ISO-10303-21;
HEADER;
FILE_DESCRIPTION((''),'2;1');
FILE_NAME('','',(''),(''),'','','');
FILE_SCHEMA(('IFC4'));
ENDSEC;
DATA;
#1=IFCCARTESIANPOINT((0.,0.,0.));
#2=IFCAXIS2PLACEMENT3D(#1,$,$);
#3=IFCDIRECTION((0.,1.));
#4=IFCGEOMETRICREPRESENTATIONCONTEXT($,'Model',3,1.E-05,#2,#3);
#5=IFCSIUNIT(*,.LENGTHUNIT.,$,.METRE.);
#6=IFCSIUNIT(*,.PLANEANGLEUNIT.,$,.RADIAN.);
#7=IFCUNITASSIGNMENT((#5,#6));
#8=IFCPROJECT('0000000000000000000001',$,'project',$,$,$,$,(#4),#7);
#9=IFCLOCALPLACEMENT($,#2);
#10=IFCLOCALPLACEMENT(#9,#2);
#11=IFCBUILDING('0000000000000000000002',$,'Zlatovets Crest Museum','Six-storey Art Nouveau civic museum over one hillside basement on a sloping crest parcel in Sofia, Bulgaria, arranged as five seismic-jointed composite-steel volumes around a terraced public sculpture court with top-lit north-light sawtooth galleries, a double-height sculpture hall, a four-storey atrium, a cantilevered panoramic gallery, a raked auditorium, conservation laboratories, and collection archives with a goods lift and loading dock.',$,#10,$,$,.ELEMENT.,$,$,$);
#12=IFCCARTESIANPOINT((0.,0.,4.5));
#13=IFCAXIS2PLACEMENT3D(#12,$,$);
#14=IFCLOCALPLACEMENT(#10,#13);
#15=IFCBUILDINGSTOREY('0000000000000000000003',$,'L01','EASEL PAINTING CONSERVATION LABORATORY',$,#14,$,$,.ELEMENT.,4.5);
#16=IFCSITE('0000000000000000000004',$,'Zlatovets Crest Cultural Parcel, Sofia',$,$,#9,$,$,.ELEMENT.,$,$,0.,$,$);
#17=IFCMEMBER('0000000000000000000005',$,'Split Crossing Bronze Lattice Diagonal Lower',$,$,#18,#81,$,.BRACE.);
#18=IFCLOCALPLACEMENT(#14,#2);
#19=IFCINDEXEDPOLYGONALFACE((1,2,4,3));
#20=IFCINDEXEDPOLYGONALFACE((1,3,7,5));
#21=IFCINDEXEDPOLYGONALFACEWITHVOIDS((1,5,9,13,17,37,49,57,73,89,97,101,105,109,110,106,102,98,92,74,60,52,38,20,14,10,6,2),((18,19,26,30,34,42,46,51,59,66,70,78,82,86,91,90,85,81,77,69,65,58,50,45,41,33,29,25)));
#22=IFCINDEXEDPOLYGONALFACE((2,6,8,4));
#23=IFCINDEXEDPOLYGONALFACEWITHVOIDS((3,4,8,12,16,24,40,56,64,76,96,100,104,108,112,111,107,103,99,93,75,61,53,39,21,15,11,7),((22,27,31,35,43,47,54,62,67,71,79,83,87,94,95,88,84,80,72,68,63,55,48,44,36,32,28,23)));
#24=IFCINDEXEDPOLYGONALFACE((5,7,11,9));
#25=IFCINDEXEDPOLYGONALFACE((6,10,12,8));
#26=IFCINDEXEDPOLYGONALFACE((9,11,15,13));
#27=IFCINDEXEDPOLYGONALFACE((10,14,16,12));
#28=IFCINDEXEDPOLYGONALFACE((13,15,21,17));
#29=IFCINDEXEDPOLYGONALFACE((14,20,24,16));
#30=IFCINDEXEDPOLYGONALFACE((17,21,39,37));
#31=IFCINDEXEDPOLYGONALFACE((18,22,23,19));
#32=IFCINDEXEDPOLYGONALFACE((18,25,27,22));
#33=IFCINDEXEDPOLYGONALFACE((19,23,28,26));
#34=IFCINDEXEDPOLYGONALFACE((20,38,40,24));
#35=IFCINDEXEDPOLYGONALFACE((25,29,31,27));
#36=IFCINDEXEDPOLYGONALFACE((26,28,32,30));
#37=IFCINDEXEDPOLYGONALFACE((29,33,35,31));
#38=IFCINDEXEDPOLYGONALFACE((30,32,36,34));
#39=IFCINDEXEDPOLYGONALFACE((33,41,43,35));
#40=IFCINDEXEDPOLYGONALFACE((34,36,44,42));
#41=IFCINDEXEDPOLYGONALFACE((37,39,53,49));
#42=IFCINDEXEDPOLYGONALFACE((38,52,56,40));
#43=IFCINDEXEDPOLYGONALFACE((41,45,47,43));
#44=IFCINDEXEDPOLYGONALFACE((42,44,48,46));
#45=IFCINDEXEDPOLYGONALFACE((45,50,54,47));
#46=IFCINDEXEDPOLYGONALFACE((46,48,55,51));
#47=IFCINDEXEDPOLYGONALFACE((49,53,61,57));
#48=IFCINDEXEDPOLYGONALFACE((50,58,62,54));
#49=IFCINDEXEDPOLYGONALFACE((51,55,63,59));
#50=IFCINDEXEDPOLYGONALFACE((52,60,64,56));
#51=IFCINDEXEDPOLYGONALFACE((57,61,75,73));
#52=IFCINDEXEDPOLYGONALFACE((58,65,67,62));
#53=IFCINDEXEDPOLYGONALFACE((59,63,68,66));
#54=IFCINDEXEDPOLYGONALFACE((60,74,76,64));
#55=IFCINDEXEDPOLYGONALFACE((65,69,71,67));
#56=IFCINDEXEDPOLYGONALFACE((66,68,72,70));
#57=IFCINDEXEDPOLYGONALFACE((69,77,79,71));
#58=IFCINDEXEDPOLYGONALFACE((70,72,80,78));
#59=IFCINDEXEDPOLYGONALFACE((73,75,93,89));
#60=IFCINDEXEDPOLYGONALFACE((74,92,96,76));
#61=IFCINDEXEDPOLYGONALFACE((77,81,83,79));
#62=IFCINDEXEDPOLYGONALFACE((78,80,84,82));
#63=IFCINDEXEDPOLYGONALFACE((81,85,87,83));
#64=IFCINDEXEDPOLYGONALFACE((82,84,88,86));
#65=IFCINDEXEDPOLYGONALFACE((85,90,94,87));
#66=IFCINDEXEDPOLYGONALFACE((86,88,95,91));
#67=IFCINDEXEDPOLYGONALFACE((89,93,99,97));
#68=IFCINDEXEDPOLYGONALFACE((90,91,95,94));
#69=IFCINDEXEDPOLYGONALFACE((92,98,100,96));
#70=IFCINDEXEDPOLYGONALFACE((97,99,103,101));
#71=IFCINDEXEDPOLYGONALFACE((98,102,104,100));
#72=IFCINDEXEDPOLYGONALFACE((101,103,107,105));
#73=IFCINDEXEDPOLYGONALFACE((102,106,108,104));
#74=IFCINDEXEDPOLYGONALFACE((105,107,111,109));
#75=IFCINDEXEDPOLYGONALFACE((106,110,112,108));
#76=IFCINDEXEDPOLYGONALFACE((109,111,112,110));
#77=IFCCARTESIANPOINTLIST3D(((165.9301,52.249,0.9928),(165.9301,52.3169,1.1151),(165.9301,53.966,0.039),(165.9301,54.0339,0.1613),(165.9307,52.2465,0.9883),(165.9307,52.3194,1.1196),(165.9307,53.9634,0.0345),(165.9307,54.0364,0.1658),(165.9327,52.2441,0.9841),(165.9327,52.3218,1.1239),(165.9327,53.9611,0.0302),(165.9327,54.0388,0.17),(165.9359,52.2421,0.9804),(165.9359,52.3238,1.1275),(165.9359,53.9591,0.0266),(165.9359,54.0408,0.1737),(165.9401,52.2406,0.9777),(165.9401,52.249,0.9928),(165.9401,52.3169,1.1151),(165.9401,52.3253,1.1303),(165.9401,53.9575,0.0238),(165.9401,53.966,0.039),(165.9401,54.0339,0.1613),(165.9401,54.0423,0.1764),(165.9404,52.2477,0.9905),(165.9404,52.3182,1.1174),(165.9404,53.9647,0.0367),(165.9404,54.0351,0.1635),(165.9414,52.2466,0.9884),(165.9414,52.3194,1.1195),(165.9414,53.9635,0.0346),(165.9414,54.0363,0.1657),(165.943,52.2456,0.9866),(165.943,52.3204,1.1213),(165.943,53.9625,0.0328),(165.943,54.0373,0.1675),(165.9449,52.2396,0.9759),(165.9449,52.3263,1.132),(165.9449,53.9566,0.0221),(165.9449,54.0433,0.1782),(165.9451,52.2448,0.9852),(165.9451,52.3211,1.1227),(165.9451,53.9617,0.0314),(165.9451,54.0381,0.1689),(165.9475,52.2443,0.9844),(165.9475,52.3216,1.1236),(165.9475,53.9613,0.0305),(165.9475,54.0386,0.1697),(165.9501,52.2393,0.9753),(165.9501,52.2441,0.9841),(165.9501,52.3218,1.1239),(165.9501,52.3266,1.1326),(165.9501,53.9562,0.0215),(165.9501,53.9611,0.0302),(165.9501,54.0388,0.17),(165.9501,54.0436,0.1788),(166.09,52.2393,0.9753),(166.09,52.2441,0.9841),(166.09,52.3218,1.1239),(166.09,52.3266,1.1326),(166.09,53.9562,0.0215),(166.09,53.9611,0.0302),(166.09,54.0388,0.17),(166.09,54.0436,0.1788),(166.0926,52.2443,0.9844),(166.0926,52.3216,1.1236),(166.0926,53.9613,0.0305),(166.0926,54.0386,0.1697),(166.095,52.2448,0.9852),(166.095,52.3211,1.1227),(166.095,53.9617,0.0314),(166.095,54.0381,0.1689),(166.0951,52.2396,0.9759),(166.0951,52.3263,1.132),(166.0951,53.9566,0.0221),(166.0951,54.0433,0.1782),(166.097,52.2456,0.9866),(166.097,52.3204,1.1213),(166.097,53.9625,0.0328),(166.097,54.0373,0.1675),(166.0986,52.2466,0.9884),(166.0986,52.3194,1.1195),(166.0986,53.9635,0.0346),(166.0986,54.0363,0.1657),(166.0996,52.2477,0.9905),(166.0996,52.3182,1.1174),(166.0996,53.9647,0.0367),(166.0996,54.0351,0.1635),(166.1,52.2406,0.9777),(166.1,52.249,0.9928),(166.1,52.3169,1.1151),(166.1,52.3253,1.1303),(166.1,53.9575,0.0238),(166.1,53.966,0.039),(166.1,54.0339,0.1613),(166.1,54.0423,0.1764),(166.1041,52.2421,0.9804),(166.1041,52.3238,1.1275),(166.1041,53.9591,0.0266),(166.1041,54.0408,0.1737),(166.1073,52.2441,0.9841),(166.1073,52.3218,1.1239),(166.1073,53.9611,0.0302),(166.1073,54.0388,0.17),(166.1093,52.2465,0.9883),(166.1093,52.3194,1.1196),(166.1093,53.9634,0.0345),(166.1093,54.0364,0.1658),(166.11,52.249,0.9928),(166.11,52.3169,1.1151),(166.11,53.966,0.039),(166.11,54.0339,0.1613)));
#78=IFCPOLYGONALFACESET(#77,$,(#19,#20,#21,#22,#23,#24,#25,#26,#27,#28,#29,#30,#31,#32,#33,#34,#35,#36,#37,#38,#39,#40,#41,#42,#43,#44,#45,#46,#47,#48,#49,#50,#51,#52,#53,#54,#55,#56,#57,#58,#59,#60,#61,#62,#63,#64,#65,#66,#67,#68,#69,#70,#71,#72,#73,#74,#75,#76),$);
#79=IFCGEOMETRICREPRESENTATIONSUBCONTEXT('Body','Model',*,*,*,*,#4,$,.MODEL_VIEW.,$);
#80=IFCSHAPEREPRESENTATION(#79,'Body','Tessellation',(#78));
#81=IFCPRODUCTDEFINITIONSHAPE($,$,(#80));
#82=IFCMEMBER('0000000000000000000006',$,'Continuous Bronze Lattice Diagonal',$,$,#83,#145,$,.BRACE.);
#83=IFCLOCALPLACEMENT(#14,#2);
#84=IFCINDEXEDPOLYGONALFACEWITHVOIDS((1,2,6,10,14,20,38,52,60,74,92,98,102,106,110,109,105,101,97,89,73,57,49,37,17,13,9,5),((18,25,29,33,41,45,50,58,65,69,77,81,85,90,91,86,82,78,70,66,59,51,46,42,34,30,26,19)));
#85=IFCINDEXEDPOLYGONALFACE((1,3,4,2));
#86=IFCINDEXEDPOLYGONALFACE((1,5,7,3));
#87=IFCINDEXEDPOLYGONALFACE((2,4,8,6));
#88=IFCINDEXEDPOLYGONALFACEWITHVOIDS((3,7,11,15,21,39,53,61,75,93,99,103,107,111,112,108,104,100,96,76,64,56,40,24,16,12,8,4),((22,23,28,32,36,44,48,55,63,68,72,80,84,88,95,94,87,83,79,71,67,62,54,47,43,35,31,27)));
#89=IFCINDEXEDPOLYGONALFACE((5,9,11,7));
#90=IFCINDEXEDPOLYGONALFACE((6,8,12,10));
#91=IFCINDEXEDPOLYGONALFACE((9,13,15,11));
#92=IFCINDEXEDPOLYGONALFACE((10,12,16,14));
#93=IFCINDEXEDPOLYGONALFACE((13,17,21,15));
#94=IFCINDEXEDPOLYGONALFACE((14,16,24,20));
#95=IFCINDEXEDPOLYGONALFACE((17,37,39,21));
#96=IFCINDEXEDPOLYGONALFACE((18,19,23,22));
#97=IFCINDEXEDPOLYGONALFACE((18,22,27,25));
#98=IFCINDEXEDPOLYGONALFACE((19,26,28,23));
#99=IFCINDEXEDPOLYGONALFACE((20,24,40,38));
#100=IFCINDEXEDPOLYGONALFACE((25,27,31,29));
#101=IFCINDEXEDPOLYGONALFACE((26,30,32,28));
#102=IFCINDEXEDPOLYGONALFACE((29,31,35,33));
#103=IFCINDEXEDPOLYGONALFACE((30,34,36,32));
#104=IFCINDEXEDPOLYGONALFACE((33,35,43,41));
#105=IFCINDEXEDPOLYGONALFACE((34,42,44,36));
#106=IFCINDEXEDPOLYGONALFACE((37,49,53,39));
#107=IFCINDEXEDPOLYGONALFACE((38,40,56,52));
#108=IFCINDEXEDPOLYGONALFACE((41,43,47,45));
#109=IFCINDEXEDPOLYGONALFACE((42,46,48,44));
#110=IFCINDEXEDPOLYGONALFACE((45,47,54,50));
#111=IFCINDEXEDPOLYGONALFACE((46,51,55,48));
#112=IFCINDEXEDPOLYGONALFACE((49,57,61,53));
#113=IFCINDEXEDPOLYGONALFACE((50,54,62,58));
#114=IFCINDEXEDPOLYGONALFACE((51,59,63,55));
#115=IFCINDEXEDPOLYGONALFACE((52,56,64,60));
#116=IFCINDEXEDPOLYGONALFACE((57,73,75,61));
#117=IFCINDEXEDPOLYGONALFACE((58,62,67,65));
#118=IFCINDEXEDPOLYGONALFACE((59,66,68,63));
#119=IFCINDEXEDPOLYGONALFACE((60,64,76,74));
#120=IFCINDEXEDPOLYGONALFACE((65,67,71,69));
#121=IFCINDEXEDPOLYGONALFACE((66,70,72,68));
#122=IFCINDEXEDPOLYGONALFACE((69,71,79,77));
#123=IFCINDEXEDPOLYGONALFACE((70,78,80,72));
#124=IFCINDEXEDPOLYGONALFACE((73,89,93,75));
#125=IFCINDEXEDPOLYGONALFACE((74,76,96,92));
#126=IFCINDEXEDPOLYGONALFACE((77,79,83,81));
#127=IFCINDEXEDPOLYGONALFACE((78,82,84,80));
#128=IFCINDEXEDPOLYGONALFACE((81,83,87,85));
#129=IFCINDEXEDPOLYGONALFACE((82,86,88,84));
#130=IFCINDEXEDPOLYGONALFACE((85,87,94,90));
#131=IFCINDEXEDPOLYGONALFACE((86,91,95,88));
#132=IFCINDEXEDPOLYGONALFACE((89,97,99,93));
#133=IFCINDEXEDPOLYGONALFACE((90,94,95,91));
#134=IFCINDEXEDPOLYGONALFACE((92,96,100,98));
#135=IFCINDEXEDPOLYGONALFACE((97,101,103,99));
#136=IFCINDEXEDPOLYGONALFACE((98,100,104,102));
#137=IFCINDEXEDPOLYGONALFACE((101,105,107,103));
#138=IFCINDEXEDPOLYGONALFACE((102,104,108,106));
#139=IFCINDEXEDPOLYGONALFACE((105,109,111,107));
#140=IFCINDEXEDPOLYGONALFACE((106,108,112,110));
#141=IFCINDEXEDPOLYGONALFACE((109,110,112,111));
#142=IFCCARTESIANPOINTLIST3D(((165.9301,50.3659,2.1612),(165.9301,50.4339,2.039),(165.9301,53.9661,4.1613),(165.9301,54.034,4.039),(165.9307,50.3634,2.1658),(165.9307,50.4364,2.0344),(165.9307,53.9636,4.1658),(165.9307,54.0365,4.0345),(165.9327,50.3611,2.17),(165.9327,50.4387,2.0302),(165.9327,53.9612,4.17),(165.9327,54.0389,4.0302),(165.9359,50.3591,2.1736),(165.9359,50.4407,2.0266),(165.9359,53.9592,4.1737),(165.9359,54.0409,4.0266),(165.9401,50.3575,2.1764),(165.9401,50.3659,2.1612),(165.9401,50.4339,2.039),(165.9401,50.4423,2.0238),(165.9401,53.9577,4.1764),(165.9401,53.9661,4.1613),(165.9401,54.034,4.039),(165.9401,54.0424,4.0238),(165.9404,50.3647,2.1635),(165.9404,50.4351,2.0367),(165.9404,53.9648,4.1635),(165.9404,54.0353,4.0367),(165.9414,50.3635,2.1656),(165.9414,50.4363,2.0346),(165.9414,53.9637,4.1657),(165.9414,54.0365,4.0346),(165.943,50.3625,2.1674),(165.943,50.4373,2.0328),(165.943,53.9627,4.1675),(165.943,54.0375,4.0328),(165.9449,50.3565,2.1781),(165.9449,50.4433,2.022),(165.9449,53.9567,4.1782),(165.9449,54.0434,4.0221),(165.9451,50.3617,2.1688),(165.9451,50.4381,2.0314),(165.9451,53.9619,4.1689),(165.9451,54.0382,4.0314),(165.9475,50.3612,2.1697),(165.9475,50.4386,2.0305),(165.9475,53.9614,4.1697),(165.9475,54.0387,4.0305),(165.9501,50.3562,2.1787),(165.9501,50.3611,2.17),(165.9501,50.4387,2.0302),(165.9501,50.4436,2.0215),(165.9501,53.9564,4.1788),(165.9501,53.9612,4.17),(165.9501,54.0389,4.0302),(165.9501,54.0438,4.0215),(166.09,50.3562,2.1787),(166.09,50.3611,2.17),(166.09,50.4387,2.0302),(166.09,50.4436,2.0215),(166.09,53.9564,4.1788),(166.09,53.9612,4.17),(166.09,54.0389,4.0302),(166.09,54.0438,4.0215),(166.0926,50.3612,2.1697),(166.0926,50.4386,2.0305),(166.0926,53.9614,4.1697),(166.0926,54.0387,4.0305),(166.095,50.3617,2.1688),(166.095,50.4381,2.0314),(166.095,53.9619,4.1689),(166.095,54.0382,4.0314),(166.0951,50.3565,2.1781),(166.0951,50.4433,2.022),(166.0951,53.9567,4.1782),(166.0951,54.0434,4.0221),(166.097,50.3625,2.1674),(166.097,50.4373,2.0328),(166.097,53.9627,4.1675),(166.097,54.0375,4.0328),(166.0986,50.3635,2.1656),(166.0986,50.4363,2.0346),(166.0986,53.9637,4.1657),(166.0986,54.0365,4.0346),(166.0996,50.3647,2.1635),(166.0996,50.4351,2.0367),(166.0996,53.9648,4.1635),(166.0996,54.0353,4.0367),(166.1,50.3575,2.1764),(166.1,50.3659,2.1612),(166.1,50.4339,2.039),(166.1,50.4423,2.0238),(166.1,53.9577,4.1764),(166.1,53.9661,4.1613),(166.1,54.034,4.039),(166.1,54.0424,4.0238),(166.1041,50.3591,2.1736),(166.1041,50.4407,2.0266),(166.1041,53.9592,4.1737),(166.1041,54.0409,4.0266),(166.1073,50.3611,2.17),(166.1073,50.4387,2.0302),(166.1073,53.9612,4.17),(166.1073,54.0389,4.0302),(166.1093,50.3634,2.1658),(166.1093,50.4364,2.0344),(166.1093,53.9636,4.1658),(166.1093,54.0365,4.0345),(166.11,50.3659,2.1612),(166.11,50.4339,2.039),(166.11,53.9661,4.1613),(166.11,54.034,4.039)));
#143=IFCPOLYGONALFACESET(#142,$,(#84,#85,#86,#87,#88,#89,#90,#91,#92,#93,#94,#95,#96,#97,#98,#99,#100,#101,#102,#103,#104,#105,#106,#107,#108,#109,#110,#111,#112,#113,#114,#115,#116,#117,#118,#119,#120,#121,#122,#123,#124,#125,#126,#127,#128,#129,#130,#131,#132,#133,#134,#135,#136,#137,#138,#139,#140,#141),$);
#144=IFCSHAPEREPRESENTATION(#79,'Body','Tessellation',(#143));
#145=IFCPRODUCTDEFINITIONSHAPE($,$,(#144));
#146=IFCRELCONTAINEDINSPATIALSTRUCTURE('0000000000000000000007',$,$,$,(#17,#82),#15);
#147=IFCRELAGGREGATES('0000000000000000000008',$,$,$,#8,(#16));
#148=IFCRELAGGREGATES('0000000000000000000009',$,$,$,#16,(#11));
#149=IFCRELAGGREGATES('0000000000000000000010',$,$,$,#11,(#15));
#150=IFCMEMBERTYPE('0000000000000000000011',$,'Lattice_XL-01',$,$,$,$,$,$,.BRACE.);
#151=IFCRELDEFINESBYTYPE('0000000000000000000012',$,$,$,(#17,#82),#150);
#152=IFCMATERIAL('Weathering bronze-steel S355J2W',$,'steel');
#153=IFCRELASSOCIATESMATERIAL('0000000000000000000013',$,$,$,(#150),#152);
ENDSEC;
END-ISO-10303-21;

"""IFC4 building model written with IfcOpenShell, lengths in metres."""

from ifc_helpers import new_model, si_unit, direction, frame, origin, origin_2d, place, context, subcontext, project, spatial, hollow_rectangle, extrude, material, material_profile, profile_set, type_object, element, save


model = new_model("IFC4")

# Units and contexts
model_context = context("Model", 3, precision=1e-05, world=origin(), true_north=direction((0.0, 1.0)))
body_context = subcontext(model_context, "Body", "Model", "MODEL_VIEW")
ifc_project = project(units=[si_unit("LENGTHUNIT", "METRE"), si_unit("PLANEANGLEUNIT", "RADIAN")], contexts=[model_context])

# Site, building, storey
site_placement = place(None, origin())
site = spatial("IfcSite", under=ifc_project, at=site_placement, Name="Zlatovets Crest Cultural Parcel, Sofia", CompositionType="ELEMENT", RefElevation=0.0)
building_placement = place(site_placement, origin())
building = spatial("IfcBuilding", under=site, at=building_placement, Name="Zlatovets Crest Museum", Description="Six-storey Art Nouveau civic museum over one hillside basement on a sloping crest parcel in Sofia, Bulgaria, arranged as five seismic-jointed composite-steel volumes around a terraced public sculpture court with top-lit north-light sawtooth galleries, a double-height sculpture hall, a four-storey atrium, a cantilevered panoramic gallery, a raked auditorium, conservation laboratories, and collection archives with a goods lift and loading dock.", CompositionType="ELEMENT")
storey_placement = place(building_placement, frame((0.0, 0.0, 4.5)))
storey = spatial("IfcBuildingStorey", under=building, at=storey_placement, Name="L01", Description="EASEL PAINTING CONSERVATION LABORATORY", CompositionType="ELEMENT", Elevation=4.5)

# Members
ifc_material_1 = material(Name="Weathering bronze-steel S355J2W", Category="steel")
ifc_material_profile_1 = material_profile(ifc_material_1, hollow_rectangle(XDim=0.1799, YDim=0.1799, WallThickness=0.01, InnerFilletRadius=0.01, OuterFilletRadius=0.02, at=origin_2d()), Name="SHS 180x180x10.0")
ifc_profile_set_1 = profile_set([ifc_material_profile_1], Name="Weathering bronze-steel S355J2W")
member_type_1 = type_object("IfcMemberType", Name="Lattice_XL-01", PredefinedType="BRACE", material=ifc_profile_set_1)
member_1_placement = place(storey_placement, frame((166.02, 52.283, 1.054), z_axis=(0.0, 0.874169, -0.485622), x_axis=(-1.0, 0.0, 0.0)))
element("IfcMember", 1, at=member_1_placement, inside=storey, type_object=member_type_1, Name="Split Crossing Bronze Lattice Diagonal Lower", PredefinedType="BRACE", context=body_context, shape_type="SweptSolid", body=[
    extrude(hollow_rectangle(XDim=0.1799, YDim=0.1799, WallThickness=0.01, InnerFilletRadius=0.01, OuterFilletRadius=0.02, at=origin_2d()), origin(), (0.0, 0.0, 1.0), 1.9641),
])
member_2_placement = place(storey_placement, frame((166.02, 50.3999, 2.1001), z_axis=(0.0, 0.874163, 0.485633), x_axis=(-1.0, 0.0, 0.0)))
element("IfcMember", 2, at=member_2_placement, inside=storey, type_object=member_type_1, Name="Continuous Bronze Lattice Diagonal", PredefinedType="BRACE", context=body_context, shape_type="SweptSolid", body=[
    extrude(hollow_rectangle(XDim=0.1799, YDim=0.1799, WallThickness=0.01, InnerFilletRadius=0.01, OuterFilletRadius=0.02, at=origin_2d()), origin(), (0.0, 0.0, 1.0), 4.1184),
])

save(model, "model.ifc")
